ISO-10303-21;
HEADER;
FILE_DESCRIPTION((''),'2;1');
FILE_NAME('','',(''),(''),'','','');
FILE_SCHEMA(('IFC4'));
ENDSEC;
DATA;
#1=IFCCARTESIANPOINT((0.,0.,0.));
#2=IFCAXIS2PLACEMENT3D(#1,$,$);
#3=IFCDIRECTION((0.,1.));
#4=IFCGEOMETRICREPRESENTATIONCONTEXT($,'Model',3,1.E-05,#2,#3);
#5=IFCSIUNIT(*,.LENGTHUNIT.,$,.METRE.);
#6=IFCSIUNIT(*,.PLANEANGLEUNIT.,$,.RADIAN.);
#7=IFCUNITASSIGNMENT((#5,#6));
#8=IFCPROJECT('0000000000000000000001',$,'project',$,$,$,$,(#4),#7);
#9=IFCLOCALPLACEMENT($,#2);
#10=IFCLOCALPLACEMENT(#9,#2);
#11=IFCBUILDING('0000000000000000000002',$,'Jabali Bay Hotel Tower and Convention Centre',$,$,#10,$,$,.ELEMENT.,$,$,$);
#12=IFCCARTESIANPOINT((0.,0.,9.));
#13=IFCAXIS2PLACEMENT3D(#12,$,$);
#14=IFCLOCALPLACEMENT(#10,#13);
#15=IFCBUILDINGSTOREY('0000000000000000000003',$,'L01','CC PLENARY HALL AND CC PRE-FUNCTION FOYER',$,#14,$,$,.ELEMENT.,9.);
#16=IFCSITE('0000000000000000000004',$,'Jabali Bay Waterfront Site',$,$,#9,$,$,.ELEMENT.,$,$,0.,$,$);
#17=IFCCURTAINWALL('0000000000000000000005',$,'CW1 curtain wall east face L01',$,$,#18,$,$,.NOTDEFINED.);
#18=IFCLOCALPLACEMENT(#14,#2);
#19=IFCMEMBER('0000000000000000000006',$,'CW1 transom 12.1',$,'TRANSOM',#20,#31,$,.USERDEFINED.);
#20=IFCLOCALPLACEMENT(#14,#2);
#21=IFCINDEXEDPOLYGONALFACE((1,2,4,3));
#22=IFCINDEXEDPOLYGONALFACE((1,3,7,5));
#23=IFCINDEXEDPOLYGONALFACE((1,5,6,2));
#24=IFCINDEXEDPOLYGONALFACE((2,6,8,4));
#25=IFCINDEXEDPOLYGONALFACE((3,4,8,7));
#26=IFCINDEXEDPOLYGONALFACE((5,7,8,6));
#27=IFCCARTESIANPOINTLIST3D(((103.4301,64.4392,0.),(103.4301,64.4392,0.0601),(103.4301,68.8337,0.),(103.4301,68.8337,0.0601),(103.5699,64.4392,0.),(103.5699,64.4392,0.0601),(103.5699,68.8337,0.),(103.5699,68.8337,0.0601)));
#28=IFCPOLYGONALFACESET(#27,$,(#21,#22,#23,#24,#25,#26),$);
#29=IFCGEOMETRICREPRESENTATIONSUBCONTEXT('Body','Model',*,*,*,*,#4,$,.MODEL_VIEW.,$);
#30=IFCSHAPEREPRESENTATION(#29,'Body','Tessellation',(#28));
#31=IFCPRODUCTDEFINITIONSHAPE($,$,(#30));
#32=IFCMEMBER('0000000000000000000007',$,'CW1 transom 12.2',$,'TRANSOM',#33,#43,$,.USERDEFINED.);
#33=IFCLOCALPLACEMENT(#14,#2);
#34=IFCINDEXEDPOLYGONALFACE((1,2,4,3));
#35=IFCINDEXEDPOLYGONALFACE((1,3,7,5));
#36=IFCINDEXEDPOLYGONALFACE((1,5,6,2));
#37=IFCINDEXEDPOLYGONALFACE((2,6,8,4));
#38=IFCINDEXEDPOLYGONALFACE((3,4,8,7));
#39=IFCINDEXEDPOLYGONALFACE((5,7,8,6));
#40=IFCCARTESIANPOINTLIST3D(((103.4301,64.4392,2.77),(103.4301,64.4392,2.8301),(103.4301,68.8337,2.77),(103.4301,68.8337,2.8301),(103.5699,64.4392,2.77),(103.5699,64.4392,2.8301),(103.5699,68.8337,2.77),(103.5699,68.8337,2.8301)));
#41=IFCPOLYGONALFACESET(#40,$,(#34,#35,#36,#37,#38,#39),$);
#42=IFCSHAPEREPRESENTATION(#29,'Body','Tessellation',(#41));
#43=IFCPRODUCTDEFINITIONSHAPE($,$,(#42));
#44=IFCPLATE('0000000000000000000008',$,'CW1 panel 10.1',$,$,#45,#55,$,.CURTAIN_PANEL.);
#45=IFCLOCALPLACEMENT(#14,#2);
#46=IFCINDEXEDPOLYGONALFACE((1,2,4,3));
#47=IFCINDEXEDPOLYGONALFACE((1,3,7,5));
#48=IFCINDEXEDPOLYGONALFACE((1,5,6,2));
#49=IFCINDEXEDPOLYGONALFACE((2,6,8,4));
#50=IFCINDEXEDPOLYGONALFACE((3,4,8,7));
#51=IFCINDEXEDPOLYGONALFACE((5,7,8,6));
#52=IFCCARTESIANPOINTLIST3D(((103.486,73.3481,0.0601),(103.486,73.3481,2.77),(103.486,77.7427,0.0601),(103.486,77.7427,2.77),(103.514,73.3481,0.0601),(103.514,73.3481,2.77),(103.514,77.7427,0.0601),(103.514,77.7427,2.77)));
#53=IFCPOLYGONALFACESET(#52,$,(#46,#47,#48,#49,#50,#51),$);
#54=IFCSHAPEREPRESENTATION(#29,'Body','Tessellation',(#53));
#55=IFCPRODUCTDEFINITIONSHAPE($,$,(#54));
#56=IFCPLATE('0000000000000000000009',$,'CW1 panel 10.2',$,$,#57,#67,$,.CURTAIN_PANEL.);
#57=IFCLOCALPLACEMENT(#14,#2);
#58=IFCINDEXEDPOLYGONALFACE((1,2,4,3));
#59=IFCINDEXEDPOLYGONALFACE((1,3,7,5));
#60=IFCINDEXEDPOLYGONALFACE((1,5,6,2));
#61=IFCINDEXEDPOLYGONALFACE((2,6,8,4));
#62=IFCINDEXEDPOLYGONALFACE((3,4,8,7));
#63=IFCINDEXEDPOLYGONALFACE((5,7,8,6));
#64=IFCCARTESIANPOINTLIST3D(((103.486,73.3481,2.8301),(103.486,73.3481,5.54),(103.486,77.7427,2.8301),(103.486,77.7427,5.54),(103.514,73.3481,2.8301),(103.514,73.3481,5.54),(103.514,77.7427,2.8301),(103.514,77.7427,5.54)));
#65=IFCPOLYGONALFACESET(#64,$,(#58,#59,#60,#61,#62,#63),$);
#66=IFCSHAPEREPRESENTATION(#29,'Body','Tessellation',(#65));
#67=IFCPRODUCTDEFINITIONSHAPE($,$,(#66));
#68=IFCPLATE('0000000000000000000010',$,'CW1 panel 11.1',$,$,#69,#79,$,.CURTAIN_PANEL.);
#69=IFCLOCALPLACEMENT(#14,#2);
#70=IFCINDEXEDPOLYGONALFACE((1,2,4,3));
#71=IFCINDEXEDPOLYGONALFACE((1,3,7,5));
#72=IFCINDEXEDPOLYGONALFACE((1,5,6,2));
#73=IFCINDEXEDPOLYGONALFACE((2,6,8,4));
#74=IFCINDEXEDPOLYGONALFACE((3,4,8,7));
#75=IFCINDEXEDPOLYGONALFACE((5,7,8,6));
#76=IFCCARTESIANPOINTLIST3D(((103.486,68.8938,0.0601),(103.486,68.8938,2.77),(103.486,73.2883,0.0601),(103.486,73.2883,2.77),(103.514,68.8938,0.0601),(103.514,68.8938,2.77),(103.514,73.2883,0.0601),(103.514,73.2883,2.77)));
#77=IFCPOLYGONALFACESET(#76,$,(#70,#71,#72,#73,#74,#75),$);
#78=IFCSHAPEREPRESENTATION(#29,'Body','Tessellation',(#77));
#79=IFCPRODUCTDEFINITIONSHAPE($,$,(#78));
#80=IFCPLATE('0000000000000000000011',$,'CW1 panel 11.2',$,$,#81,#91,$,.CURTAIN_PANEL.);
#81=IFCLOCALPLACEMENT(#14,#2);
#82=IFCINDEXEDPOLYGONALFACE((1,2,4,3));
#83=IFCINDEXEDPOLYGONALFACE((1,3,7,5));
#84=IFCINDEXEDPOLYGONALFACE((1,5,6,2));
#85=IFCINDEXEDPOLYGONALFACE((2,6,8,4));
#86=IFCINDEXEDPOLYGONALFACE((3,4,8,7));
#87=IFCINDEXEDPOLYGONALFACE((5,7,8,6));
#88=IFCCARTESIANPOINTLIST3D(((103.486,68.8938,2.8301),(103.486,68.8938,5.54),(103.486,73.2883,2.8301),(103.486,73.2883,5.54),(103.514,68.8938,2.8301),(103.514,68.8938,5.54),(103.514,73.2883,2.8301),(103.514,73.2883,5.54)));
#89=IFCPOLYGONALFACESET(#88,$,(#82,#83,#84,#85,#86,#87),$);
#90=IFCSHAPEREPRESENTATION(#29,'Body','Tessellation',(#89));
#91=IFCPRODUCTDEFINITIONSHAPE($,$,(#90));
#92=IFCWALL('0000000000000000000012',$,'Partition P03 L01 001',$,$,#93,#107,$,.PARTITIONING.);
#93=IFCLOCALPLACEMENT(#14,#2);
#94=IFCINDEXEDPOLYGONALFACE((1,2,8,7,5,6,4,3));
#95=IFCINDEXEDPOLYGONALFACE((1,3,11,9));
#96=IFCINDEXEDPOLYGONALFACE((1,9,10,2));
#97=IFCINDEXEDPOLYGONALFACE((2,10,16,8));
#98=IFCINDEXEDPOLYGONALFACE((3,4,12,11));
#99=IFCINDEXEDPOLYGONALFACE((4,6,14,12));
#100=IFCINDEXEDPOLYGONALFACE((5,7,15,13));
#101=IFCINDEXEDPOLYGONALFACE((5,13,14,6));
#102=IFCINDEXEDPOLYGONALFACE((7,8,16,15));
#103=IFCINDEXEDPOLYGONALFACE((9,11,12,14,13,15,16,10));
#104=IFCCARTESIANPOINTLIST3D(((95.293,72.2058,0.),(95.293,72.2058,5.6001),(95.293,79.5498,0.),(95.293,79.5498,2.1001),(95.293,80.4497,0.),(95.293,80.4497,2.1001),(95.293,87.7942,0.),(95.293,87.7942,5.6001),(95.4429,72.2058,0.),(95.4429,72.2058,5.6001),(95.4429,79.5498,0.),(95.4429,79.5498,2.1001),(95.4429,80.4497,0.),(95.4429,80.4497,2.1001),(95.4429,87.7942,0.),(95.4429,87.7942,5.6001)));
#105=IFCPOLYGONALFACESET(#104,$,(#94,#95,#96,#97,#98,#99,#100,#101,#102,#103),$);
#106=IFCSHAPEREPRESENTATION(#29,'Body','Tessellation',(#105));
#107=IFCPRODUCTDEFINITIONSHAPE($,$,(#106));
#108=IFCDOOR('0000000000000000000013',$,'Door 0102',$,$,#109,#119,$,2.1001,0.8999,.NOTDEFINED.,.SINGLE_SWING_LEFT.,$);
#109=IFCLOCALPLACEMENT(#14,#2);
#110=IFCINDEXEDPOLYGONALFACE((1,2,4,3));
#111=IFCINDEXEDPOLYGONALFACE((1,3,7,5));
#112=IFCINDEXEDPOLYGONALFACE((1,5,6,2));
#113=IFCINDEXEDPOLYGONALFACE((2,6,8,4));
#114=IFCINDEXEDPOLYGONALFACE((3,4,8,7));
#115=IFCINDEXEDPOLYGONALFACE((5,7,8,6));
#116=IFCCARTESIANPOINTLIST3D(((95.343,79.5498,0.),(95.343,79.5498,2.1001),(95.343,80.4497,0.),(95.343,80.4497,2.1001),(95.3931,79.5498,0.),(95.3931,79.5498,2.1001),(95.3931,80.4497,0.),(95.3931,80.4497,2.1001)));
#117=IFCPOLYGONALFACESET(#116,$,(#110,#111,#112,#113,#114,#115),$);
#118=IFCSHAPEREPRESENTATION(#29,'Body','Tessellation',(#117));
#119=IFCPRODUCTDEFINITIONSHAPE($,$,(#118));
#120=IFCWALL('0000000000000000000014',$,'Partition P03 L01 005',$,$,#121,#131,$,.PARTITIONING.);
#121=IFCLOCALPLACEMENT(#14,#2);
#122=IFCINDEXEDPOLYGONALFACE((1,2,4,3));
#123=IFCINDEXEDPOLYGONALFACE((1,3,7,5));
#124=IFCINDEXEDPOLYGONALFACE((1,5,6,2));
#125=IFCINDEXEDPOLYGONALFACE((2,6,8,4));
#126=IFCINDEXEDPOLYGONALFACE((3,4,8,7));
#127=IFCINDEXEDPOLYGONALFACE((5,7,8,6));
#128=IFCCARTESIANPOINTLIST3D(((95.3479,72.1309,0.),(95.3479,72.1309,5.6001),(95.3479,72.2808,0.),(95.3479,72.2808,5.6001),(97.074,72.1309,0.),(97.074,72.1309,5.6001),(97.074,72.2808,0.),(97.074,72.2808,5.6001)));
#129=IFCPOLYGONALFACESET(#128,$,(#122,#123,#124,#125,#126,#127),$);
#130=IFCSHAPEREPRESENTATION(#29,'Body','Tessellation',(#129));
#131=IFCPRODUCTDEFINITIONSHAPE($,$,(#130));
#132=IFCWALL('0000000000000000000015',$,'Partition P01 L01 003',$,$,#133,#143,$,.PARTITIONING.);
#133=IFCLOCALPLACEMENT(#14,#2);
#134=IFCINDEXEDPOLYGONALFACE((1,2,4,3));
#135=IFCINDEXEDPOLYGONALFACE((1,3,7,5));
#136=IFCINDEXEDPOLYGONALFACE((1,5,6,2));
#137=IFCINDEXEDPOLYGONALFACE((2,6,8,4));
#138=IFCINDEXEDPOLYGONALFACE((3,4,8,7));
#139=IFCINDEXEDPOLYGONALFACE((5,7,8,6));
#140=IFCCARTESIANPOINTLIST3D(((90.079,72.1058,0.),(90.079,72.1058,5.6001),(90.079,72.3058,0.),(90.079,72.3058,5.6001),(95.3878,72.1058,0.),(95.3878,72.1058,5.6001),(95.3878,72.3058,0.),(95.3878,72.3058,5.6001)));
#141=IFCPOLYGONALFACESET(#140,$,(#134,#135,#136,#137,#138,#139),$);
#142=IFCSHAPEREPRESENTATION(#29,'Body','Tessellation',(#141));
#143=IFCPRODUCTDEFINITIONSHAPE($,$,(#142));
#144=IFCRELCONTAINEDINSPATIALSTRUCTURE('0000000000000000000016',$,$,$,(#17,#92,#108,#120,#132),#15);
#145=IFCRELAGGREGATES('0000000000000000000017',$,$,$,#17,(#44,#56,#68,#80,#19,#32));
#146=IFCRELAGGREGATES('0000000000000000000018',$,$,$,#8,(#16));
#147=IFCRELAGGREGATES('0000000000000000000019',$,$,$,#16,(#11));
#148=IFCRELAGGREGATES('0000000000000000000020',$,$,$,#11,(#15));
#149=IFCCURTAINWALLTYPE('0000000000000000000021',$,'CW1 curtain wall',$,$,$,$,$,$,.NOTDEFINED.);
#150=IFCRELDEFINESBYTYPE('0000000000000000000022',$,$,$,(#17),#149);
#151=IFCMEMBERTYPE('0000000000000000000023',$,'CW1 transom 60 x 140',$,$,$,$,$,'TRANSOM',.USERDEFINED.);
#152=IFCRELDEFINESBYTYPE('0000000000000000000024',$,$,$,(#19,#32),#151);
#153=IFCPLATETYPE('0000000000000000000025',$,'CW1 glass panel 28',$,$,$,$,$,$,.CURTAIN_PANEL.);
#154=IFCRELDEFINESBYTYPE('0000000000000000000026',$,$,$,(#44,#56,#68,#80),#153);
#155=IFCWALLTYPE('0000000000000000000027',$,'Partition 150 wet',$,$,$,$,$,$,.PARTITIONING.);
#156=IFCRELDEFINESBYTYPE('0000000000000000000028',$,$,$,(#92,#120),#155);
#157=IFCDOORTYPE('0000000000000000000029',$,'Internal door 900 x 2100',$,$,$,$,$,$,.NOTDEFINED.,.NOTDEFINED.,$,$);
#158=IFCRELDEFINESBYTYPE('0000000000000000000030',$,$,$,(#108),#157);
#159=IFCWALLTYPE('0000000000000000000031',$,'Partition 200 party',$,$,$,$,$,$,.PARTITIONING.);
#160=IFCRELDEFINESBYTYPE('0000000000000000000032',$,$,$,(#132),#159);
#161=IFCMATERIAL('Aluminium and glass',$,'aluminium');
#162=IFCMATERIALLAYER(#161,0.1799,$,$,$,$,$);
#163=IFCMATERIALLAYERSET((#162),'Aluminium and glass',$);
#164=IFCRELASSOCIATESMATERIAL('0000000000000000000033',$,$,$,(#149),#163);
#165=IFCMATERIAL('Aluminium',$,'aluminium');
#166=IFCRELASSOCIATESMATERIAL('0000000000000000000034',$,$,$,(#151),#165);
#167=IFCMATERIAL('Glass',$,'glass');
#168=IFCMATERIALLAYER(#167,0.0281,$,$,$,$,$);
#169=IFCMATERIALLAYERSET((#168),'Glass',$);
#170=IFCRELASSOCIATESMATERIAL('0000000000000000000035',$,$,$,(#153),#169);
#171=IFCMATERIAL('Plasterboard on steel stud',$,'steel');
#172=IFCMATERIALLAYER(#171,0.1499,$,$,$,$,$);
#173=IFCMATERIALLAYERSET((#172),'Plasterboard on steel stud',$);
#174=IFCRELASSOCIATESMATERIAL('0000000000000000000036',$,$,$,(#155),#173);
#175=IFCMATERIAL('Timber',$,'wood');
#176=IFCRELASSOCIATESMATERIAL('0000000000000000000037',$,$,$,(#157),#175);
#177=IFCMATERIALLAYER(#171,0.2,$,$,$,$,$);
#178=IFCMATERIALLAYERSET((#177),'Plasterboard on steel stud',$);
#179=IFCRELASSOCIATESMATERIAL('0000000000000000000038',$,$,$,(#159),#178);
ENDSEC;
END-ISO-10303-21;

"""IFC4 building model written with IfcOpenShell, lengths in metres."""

from ifc_helpers import new_model, si_unit, direction, frame, frame_2d, origin, origin_2d, place, context, subcontext, project, spatial, rectangle, extrude, material, layer, layer_set, material_profile, profile_set, type_object, element, fill, aggregate, save


model = new_model("IFC4")

# Units and contexts
model_context = context("Model", 3, precision=1e-05, world=origin(), true_north=direction((0.0, 1.0)))
body_context = subcontext(model_context, "Body", "Model", "MODEL_VIEW")
ifc_project = project(units=[si_unit("LENGTHUNIT", "METRE"), si_unit("PLANEANGLEUNIT", "RADIAN")], contexts=[model_context])

# Site, building, storey
site_placement = place(None, origin())
site = spatial("IfcSite", under=ifc_project, at=site_placement, Name="Jabali Bay Waterfront Site", CompositionType="ELEMENT", RefElevation=0.0)
building_placement = place(site_placement, origin())
building = spatial("IfcBuilding", under=site, at=building_placement, Name="Jabali Bay Hotel Tower and Convention Centre", CompositionType="ELEMENT")
storey_placement = place(building_placement, frame((0.0, 0.0, 9.0)))
storey = spatial("IfcBuildingStorey", under=building, at=storey_placement, Name="L01", Description="CC PLENARY HALL AND CC PRE-FUNCTION FOYER", CompositionType="ELEMENT", Elevation=9.0)

# Curtain wall, members, plates
ifc_material_1 = material(Name="Aluminium and glass", Category="aluminium")
ifc_layer_1 = layer(ifc_material_1, 0.1799)
ifc_layer_set_1 = layer_set([ifc_layer_1], Name="Aluminium and glass")
curtain_wall_type = type_object("IfcCurtainWallType", Name="CW1 curtain wall", PredefinedType="NOTDEFINED", material=ifc_layer_set_1)
curtain_wall_placement = place(storey_placement, origin())
curtain_wall = element("IfcCurtainWall", 1, at=curtain_wall_placement, inside=storey, type_object=curtain_wall_type, Name="CW1 curtain wall east face L01", PredefinedType="NOTDEFINED")
ifc_material_2 = material(Name="Aluminium", Category="aluminium")
ifc_material_profile_1 = material_profile(ifc_material_2, rectangle(XDim=0.1399, YDim=0.0601, at=origin_2d()), Name="CW1 transom 60 x 140")
ifc_profile_set_1 = profile_set([ifc_material_profile_1], Name="Aluminium")
member_type_1 = type_object("IfcMemberType", Name="CW1 transom 60 x 140", ElementType="TRANSOM", PredefinedType="USERDEFINED", material=ifc_profile_set_1)
member_1_placement = place(storey_placement, frame((103.5, 68.8337, 0.03), z_axis=(0.0, -1.0, 0.0), x_axis=(1.0, 0.0, 0.0)))
member_1 = element("IfcMember", 2, at=member_1_placement, type_object=member_type_1, Name="CW1 transom 12.1", ObjectType="TRANSOM", PredefinedType="USERDEFINED", context=body_context, shape_type="SweptSolid", body=[
    extrude(rectangle(XDim=0.1399, YDim=0.0601, at=origin_2d()), origin(), (0.0, 0.0, 1.0), 4.3945),
])
member_2_placement = place(storey_placement, frame((103.5, 68.8337, 2.8), z_axis=(0.0, -1.0, 0.0), x_axis=(1.0, 0.0, 0.0)))
member_2 = element("IfcMember", 3, at=member_2_placement, type_object=member_type_1, Name="CW1 transom 12.2", ObjectType="TRANSOM", PredefinedType="USERDEFINED", context=body_context, shape_type="SweptSolid", body=[
    extrude(rectangle(XDim=0.1399, YDim=0.0601, at=origin_2d()), origin(), (0.0, 0.0, 1.0), 4.3945),
])
ifc_material_3 = material(Name="Glass", Category="glass")
ifc_layer_2 = layer(ifc_material_3, 0.0281)
ifc_layer_set_2 = layer_set([ifc_layer_2], Name="Glass")
plate_type = type_object("IfcPlateType", Name="CW1 glass panel 28", PredefinedType="CURTAIN_PANEL", material=ifc_layer_set_2)
plate_1_placement = place(storey_placement, frame((103.5, 75.5454, 0.0601), z_axis=(0.0, 0.0, 1.0), x_axis=(0.0, -1.0, 0.0)))
plate_1 = element("IfcPlate", 4, at=plate_1_placement, type_object=plate_type, Name="CW1 panel 10.1", PredefinedType="CURTAIN_PANEL", context=body_context, shape_type="SweptSolid", body=[
    extrude(rectangle(XDim=4.3945, YDim=0.0281, at=origin_2d()), origin(), (0.0, 0.0, 1.0), 2.71),
])
plate_2_placement = place(storey_placement, frame((103.5, 75.5454, 2.8301), z_axis=(0.0, 0.0, 1.0), x_axis=(0.0, -1.0, 0.0)))
plate_2 = element("IfcPlate", 5, at=plate_2_placement, type_object=plate_type, Name="CW1 panel 10.2", PredefinedType="CURTAIN_PANEL", context=body_context, shape_type="SweptSolid", body=[
    extrude(rectangle(XDim=4.3945, YDim=0.0281, at=origin_2d()), origin(), (0.0, 0.0, 1.0), 2.71),
])
plate_3_placement = place(storey_placement, frame((103.5, 71.0911, 0.0601), z_axis=(0.0, 0.0, 1.0), x_axis=(0.0, -1.0, 0.0)))
plate_3 = element("IfcPlate", 6, at=plate_3_placement, type_object=plate_type, Name="CW1 panel 11.1", PredefinedType="CURTAIN_PANEL", context=body_context, shape_type="SweptSolid", body=[
    extrude(rectangle(XDim=4.3945, YDim=0.0281, at=origin_2d()), origin(), (0.0, 0.0, 1.0), 2.71),
])
plate_4_placement = place(storey_placement, frame((103.5, 71.0911, 2.8301), z_axis=(0.0, 0.0, 1.0), x_axis=(0.0, -1.0, 0.0)))
plate_4 = element("IfcPlate", 7, at=plate_4_placement, type_object=plate_type, Name="CW1 panel 11.2", PredefinedType="CURTAIN_PANEL", context=body_context, shape_type="SweptSolid", body=[
    extrude(rectangle(XDim=4.3945, YDim=0.0281, at=origin_2d()), origin(), (0.0, 0.0, 1.0), 2.71),
])
aggregate(curtain_wall, [plate_1, plate_2, plate_3, plate_4, member_1, member_2])

# Wall, opening, door
ifc_material_4 = material(Name="Plasterboard on steel stud", Category="steel")
ifc_layer_3 = layer(ifc_material_4, 0.1499)
ifc_layer_set_3 = layer_set([ifc_layer_3], Name="Plasterboard on steel stud")
wall_type_1 = type_object("IfcWallType", Name="Partition 150 wet", PredefinedType="PARTITIONING", material=ifc_layer_set_3)
wall_1_placement = place(storey_placement, frame((95.3679, 72.2058, 0.0), z_axis=(0.0, 0.0, 1.0), x_axis=(0.0, 1.0, 0.0)))
wall_1 = element("IfcWall", 8, at=wall_1_placement, inside=storey, type_object=wall_type_1, Name="Partition P03 L01 001", PredefinedType="PARTITIONING", context=body_context, shape_type="SweptSolid", body=[
    extrude(rectangle(XDim=15.5884, YDim=0.1499, at=frame_2d((7.7942, 0.0))), origin(), (0.0, 0.0, 1.0), 5.6001),
])
opening_placement = place(wall_1_placement, frame((7.344, 0.0, 0.0)))
opening = element("IfcOpeningElement", 9, at=opening_placement, cuts=wall_1, PredefinedType="OPENING", context=body_context, shape_type="SweptSolid", body=[
    extrude(rectangle(XDim=0.8999, YDim=2.1001, at=frame_2d((0.45, 1.05))), frame((0.0, 0.0854, 0.0), z_axis=(0.0, -1.0, 0.0), x_axis=(1.0, 0.0, 0.0)), (0.0, 0.0, 1.0), 0.1709),
])
ifc_material_5 = material(Name="Timber", Category="wood")
door_type = type_object("IfcDoorType", Name="Internal door 900 x 2100", OperationType="NOTDEFINED", PredefinedType="NOTDEFINED", material=ifc_material_5)
door_placement = place(opening_placement, origin())
door = element("IfcDoor", 10, at=door_placement, inside=storey, type_object=door_type, Name="Door 0102", OperationType="SINGLE_SWING_LEFT", OverallHeight=2.1001, OverallWidth=0.8999, PredefinedType="NOTDEFINED", context=body_context, shape_type="SweptSolid", body=[
    extrude(rectangle(XDim=0.8999, YDim=2.1001, at=frame_2d((0.45, 1.05))), frame((0.0, 0.0249, 0.0), z_axis=(0.0, -1.0, 0.0), x_axis=(1.0, 0.0, 0.0)), (0.0, 0.0, 1.0), 0.05),
])
fill(opening, door)

# Walls
wall_2_placement = place(storey_placement, frame((95.3479, 72.2058, 0.0), z_axis=(0.0, 0.0, 1.0), x_axis=(1.0, 0.0, 0.0)))
element("IfcWall", 11, at=wall_2_placement, inside=storey, type_object=wall_type_1, Name="Partition P03 L01 005", PredefinedType="PARTITIONING", context=body_context, shape_type="SweptSolid", body=[
    extrude(rectangle(XDim=1.7261, YDim=0.1499, at=frame_2d((0.863, 0.0))), origin(), (0.0, 0.0, 1.0), 5.6001),
])
ifc_layer_4 = layer(ifc_material_4, 0.2)
ifc_layer_set_4 = layer_set([ifc_layer_4], Name="Plasterboard on steel stud")
wall_type_2 = type_object("IfcWallType", Name="Partition 200 party", PredefinedType="PARTITIONING", material=ifc_layer_set_4)
wall_3_placement = place(storey_placement, frame((90.0791, 72.2058, 0.0), z_axis=(0.0, 0.0, 1.0), x_axis=(1.0, 0.0, 0.0)))
element("IfcWall", 12, at=wall_3_placement, inside=storey, type_object=wall_type_2, Name="Partition P01 L01 003", PredefinedType="PARTITIONING", context=body_context, shape_type="SweptSolid", body=[
    extrude(rectangle(XDim=5.3088, YDim=0.2, at=frame_2d((2.6543, 0.0))), origin(), (0.0, 0.0, 1.0), 5.6001),
])

save(model, "model.ifc")
